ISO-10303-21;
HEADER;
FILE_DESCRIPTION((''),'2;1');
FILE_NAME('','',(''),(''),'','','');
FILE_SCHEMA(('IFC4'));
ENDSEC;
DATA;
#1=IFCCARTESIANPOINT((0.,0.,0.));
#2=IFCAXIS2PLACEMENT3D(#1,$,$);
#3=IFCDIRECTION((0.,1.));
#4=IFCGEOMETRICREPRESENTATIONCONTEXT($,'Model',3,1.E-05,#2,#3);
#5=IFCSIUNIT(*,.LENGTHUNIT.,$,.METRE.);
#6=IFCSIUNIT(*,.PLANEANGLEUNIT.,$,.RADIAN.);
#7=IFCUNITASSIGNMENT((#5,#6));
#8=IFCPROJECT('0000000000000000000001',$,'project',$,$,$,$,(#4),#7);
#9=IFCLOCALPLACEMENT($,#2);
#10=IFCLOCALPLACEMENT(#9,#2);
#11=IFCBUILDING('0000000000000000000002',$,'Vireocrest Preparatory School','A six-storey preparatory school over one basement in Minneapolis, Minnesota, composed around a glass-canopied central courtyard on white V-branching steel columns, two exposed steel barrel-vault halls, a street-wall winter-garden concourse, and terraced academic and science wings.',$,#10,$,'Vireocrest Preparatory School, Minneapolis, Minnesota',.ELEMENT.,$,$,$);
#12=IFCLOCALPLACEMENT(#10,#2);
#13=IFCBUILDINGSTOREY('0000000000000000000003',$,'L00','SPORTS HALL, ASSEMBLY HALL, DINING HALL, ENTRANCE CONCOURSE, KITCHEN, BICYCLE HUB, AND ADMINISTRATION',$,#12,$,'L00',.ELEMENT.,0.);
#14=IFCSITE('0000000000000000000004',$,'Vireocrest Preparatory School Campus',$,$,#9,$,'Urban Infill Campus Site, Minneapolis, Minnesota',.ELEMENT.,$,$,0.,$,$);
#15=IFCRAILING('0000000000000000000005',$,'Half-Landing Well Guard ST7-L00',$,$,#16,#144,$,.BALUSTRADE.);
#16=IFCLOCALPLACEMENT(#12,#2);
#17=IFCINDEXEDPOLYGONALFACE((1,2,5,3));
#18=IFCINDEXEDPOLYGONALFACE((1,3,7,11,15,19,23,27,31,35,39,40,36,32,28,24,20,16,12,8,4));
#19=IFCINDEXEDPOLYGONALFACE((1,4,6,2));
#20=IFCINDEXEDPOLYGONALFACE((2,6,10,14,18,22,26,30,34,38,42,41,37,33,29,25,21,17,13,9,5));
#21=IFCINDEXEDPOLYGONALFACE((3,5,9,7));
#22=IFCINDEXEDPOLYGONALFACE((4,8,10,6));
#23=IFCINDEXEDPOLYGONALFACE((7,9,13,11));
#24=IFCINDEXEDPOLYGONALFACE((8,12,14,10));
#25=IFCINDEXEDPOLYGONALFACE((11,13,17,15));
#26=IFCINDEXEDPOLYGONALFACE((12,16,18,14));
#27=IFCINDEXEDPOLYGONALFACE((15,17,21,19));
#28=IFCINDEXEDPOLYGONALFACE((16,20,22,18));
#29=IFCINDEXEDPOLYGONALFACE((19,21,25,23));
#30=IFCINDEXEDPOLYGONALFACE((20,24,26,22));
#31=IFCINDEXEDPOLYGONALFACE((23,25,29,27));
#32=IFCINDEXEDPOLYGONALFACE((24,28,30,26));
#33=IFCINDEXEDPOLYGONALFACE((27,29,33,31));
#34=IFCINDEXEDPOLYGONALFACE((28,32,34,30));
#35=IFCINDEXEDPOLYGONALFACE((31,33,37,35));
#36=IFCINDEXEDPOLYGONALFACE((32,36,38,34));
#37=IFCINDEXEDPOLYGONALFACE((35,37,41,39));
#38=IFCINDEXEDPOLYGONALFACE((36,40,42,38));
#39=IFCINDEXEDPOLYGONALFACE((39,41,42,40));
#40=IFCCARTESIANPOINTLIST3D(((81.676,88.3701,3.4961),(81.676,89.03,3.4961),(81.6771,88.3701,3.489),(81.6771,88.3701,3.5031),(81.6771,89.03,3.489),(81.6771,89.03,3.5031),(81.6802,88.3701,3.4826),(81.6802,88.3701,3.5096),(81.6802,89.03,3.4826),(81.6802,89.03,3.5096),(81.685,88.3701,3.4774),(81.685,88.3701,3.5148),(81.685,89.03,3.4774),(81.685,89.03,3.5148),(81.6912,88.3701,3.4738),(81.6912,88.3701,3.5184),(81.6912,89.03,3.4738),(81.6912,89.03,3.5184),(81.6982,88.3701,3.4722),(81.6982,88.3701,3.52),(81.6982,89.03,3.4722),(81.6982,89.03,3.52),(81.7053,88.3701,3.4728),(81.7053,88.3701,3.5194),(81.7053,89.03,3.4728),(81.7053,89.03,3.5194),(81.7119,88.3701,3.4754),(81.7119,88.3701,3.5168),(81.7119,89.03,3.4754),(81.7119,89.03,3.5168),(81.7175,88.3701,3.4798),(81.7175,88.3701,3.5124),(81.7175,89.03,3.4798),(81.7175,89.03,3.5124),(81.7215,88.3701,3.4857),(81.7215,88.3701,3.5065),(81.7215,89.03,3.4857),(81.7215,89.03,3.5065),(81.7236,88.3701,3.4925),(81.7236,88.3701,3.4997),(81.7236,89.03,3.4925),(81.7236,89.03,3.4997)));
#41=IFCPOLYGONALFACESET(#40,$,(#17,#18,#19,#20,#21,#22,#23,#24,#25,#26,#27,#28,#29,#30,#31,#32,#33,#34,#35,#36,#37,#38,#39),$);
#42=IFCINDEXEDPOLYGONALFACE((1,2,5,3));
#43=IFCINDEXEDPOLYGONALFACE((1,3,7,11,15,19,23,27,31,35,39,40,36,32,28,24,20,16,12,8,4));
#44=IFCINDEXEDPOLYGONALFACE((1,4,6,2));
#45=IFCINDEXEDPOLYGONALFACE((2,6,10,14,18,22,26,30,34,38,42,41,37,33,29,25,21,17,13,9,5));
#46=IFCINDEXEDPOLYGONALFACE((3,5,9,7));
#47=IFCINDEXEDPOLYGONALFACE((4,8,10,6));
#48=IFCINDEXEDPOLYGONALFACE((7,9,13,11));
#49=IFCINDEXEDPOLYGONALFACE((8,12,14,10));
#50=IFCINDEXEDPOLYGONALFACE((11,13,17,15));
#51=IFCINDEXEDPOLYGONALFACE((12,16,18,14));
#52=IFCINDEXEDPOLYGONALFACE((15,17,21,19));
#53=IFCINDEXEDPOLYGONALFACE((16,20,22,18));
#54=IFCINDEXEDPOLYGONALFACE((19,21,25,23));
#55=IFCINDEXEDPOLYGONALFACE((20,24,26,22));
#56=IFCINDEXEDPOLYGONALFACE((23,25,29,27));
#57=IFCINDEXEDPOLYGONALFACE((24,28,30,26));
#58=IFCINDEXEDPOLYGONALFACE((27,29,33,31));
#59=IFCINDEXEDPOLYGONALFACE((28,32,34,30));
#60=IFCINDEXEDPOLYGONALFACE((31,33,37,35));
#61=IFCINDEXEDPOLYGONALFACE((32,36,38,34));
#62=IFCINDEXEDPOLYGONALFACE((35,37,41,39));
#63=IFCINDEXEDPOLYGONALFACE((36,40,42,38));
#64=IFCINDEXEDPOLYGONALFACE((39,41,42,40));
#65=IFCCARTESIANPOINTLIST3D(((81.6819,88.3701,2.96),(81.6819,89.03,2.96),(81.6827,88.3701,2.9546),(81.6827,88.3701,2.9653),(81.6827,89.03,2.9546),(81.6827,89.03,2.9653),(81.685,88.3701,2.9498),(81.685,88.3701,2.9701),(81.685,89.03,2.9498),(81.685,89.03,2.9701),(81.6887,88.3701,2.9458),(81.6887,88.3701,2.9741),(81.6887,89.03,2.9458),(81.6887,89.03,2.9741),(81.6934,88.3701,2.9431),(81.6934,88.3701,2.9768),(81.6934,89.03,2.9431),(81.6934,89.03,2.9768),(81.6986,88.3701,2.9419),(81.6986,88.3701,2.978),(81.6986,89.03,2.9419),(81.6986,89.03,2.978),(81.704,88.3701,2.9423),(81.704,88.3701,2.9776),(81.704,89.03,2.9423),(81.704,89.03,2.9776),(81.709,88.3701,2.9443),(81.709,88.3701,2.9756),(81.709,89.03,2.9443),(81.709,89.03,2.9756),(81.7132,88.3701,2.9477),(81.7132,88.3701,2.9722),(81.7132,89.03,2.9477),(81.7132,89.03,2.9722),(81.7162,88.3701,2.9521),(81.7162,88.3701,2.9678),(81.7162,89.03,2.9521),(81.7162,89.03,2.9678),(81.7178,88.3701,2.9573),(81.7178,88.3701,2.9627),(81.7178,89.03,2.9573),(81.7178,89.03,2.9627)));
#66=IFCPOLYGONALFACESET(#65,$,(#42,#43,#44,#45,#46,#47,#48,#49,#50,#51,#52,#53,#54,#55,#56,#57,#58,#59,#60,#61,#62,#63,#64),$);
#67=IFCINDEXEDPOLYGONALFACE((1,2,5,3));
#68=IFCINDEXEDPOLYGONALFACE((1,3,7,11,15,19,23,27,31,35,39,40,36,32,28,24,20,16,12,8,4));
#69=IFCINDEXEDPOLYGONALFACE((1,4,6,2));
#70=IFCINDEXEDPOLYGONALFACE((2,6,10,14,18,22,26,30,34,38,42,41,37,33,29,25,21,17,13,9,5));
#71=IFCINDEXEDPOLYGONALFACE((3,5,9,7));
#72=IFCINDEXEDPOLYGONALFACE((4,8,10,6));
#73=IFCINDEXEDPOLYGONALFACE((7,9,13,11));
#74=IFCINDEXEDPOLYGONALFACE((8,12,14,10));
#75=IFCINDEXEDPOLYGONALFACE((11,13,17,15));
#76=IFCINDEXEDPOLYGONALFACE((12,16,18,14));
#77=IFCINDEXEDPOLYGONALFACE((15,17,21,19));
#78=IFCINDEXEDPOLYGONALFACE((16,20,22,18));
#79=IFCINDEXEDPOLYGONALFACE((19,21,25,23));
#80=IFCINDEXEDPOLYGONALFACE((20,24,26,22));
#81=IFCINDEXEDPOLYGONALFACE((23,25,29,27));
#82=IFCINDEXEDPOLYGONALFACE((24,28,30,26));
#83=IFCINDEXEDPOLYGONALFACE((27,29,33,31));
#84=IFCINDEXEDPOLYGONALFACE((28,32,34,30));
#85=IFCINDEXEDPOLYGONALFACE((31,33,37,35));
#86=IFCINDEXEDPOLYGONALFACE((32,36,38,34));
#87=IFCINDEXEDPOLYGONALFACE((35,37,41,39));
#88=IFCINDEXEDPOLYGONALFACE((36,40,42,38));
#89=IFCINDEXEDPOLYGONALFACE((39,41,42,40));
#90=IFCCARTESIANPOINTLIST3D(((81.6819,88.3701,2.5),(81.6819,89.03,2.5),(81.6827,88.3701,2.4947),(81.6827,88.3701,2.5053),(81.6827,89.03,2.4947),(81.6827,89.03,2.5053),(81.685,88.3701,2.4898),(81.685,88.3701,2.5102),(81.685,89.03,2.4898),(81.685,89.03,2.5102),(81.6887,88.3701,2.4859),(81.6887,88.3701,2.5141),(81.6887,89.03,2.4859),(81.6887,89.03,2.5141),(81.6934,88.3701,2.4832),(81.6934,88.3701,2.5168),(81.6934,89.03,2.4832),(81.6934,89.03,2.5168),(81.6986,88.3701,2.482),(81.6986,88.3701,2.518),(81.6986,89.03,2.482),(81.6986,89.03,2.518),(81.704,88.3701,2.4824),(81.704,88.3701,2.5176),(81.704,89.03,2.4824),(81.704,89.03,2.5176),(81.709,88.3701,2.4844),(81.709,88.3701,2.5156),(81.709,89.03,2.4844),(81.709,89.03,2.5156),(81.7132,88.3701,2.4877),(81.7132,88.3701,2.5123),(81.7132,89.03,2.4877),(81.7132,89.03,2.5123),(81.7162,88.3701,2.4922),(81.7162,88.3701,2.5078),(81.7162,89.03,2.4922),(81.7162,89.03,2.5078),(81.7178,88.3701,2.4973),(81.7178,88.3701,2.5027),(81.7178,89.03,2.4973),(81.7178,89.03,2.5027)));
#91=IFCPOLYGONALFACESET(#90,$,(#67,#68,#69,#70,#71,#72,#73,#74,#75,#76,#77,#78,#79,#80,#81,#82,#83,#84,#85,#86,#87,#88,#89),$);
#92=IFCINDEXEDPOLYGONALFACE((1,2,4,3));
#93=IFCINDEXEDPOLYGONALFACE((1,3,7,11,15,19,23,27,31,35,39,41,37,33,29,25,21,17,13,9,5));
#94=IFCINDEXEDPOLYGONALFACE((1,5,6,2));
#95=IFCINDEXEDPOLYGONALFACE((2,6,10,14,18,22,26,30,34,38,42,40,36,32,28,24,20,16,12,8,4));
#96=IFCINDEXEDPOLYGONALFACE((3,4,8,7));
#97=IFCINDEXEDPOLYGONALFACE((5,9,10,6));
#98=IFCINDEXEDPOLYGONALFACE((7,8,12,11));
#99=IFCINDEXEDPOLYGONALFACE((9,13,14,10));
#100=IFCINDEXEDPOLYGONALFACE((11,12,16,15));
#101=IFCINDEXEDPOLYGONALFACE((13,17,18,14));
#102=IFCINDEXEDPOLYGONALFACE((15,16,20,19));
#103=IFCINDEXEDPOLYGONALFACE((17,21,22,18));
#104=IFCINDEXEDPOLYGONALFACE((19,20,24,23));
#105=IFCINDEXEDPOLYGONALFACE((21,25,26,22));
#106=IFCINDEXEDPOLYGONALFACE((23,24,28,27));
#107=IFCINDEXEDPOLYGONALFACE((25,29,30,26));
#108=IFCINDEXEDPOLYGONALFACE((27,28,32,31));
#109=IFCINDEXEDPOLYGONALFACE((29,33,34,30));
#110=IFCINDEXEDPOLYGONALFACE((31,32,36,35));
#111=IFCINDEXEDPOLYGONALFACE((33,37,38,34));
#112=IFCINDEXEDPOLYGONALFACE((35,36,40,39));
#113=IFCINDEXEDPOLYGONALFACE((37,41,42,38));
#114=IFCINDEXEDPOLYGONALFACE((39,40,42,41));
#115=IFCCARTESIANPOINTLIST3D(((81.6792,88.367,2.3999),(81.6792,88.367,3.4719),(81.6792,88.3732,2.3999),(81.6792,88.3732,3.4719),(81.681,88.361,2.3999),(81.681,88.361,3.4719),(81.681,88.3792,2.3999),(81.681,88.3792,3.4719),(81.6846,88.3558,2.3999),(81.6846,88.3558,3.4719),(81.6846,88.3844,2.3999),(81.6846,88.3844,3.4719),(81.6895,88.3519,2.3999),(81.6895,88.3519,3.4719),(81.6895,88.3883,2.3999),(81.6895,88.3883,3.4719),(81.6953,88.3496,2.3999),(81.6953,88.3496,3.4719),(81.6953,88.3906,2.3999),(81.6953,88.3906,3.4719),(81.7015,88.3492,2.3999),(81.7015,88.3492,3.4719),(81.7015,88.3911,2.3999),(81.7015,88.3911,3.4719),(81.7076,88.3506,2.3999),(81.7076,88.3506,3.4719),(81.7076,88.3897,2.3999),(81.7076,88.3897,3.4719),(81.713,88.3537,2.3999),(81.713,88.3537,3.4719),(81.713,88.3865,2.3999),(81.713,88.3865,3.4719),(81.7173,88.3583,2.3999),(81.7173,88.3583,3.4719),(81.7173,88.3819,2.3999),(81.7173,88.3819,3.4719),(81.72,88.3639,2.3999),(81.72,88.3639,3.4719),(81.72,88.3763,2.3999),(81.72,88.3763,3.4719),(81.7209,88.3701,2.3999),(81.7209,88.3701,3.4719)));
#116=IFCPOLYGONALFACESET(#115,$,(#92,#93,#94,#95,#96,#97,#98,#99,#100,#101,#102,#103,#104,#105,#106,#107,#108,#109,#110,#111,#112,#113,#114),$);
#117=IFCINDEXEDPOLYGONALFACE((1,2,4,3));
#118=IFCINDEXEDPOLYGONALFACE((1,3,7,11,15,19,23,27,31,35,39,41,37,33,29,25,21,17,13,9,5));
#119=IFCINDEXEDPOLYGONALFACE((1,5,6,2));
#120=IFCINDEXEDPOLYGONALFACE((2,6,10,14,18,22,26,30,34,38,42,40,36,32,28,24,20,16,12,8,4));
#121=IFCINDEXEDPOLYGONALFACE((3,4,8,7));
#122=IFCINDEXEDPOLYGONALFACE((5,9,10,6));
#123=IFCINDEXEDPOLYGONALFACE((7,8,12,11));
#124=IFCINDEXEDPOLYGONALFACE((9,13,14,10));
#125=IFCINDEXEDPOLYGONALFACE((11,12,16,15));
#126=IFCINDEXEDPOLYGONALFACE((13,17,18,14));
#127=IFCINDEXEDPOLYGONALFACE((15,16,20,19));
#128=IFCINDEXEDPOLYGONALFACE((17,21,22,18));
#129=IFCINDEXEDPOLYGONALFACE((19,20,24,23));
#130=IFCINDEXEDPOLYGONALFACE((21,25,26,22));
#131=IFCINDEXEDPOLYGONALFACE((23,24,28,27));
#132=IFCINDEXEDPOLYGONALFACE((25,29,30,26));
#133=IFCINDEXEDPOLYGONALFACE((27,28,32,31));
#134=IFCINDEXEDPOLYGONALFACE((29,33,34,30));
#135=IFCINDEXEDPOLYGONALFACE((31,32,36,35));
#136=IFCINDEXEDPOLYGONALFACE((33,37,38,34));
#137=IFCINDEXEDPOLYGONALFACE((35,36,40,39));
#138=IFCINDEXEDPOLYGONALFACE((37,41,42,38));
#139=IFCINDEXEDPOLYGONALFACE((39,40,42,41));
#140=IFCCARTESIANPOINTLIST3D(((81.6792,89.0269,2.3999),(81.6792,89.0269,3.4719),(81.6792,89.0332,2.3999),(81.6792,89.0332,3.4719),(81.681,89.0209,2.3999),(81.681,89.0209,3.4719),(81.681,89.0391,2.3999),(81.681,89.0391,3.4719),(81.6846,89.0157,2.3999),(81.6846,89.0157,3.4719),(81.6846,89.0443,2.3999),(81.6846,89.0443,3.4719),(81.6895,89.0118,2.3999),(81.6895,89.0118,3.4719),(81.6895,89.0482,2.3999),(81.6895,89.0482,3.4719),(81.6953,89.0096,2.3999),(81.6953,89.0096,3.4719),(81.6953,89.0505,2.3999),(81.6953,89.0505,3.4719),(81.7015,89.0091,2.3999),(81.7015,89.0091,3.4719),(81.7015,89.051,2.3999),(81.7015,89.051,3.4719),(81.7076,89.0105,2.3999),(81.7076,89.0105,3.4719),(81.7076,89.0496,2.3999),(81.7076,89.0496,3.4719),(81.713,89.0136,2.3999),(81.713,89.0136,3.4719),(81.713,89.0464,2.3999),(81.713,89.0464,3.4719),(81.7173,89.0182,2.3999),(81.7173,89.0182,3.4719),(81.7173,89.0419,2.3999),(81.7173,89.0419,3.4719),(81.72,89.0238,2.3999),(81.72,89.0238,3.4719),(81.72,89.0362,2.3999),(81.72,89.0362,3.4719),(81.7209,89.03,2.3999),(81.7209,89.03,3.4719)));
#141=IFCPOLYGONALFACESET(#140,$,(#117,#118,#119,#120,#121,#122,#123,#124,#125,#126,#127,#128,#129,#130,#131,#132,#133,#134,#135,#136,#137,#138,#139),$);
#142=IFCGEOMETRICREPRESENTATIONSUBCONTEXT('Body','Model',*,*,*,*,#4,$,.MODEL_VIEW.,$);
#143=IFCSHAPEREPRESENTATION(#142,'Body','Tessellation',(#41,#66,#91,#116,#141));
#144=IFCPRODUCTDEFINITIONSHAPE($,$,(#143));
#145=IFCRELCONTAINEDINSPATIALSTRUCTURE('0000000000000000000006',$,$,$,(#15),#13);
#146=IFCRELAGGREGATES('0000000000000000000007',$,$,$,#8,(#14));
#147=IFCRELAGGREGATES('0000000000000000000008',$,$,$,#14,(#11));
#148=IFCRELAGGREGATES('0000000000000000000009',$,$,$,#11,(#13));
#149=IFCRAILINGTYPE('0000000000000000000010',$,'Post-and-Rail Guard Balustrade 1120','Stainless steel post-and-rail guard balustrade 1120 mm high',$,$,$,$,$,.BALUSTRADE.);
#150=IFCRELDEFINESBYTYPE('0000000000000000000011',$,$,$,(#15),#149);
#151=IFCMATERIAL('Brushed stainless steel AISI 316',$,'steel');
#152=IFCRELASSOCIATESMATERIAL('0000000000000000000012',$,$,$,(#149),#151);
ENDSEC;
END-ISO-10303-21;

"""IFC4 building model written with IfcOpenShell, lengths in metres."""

from ifc_helpers import new_model, si_unit, direction, frame, origin, origin_2d, place, context, subcontext, project, spatial, circle, extrude, material, type_object, element, save


model = new_model("IFC4")

# Units and contexts
model_context = context("Model", 3, precision=1e-05, world=origin(), true_north=direction((0.0, 1.0)))
body_context = subcontext(model_context, "Body", "Model", "MODEL_VIEW")
ifc_project = project(units=[si_unit("LENGTHUNIT", "METRE"), si_unit("PLANEANGLEUNIT", "RADIAN")], contexts=[model_context])

# Site, building, storey
site_placement = place(None, origin())
site = spatial("IfcSite", under=ifc_project, at=site_placement, Name="Vireocrest Preparatory School Campus", LongName="Urban Infill Campus Site, Minneapolis, Minnesota", CompositionType="ELEMENT", RefElevation=0.0)
building_placement = place(site_placement, origin())
building = spatial("IfcBuilding", under=site, at=building_placement, Name="Vireocrest Preparatory School", Description="A six-storey preparatory school over one basement in Minneapolis, Minnesota, composed around a glass-canopied central courtyard on white V-branching steel columns, two exposed steel barrel-vault halls, a street-wall winter-garden concourse, and terraced academic and science wings.", LongName="Vireocrest Preparatory School, Minneapolis, Minnesota", CompositionType="ELEMENT")
storey_placement = place(building_placement, origin())
storey = spatial("IfcBuildingStorey", under=building, at=storey_placement, Name="L00", Description="SPORTS HALL, ASSEMBLY HALL, DINING HALL, ENTRANCE CONCOURSE, KITCHEN, BICYCLE HUB, AND ADMINISTRATION", LongName="L00", CompositionType="ELEMENT", Elevation=0.0)

# Railing
ifc_material_1 = material(Name="Brushed stainless steel AISI 316", Category="steel")
railing_type_1 = type_object("IfcRailingType", Name="Post-and-Rail Guard Balustrade 1120", Description="Stainless steel post-and-rail guard balustrade 1120 mm high", PredefinedType="BALUSTRADE", material=ifc_material_1)
railing_1_placement = place(storey_placement, frame((81.7, 88.3701, 2.3999)))
element("IfcRailing", 1, at=railing_1_placement, inside=storey, type_object=railing_type_1, Name="Half-Landing Well Guard ST7-L00", PredefinedType="BALUSTRADE", context=body_context, shape_type="SweptSolid", body=[
    extrude(circle(Radius=0.0239, at=origin_2d()), frame((0.0, 0.0, 1.0962), z_axis=(0.0, 1.0, 0.0), x_axis=(-1.0, 0.0, 0.0)), (0.0, 0.0, 1.0), 0.6599),
    extrude(circle(Radius=0.0181, at=origin_2d()), frame((0.0, 0.0, 0.5601), z_axis=(0.0, 1.0, 0.0), x_axis=(-1.0, 0.0, 0.0)), (0.0, 0.0, 1.0), 0.6599),
    extrude(circle(Radius=0.0181, at=origin_2d()), frame((0.0, 0.0, 0.1001), z_axis=(0.0, 1.0, 0.0), x_axis=(-1.0, 0.0, 0.0)), (0.0, 0.0, 1.0), 0.6599),
    extrude(circle(Radius=0.021, at=origin_2d()), origin(), (0.0, 0.0, 1.0), 1.072),
    extrude(circle(Radius=0.021, at=origin_2d()), frame((0.0, 0.6599, 0.0)), (0.0, 0.0, 1.0), 1.072),
])

save(model, "model.ifc")
